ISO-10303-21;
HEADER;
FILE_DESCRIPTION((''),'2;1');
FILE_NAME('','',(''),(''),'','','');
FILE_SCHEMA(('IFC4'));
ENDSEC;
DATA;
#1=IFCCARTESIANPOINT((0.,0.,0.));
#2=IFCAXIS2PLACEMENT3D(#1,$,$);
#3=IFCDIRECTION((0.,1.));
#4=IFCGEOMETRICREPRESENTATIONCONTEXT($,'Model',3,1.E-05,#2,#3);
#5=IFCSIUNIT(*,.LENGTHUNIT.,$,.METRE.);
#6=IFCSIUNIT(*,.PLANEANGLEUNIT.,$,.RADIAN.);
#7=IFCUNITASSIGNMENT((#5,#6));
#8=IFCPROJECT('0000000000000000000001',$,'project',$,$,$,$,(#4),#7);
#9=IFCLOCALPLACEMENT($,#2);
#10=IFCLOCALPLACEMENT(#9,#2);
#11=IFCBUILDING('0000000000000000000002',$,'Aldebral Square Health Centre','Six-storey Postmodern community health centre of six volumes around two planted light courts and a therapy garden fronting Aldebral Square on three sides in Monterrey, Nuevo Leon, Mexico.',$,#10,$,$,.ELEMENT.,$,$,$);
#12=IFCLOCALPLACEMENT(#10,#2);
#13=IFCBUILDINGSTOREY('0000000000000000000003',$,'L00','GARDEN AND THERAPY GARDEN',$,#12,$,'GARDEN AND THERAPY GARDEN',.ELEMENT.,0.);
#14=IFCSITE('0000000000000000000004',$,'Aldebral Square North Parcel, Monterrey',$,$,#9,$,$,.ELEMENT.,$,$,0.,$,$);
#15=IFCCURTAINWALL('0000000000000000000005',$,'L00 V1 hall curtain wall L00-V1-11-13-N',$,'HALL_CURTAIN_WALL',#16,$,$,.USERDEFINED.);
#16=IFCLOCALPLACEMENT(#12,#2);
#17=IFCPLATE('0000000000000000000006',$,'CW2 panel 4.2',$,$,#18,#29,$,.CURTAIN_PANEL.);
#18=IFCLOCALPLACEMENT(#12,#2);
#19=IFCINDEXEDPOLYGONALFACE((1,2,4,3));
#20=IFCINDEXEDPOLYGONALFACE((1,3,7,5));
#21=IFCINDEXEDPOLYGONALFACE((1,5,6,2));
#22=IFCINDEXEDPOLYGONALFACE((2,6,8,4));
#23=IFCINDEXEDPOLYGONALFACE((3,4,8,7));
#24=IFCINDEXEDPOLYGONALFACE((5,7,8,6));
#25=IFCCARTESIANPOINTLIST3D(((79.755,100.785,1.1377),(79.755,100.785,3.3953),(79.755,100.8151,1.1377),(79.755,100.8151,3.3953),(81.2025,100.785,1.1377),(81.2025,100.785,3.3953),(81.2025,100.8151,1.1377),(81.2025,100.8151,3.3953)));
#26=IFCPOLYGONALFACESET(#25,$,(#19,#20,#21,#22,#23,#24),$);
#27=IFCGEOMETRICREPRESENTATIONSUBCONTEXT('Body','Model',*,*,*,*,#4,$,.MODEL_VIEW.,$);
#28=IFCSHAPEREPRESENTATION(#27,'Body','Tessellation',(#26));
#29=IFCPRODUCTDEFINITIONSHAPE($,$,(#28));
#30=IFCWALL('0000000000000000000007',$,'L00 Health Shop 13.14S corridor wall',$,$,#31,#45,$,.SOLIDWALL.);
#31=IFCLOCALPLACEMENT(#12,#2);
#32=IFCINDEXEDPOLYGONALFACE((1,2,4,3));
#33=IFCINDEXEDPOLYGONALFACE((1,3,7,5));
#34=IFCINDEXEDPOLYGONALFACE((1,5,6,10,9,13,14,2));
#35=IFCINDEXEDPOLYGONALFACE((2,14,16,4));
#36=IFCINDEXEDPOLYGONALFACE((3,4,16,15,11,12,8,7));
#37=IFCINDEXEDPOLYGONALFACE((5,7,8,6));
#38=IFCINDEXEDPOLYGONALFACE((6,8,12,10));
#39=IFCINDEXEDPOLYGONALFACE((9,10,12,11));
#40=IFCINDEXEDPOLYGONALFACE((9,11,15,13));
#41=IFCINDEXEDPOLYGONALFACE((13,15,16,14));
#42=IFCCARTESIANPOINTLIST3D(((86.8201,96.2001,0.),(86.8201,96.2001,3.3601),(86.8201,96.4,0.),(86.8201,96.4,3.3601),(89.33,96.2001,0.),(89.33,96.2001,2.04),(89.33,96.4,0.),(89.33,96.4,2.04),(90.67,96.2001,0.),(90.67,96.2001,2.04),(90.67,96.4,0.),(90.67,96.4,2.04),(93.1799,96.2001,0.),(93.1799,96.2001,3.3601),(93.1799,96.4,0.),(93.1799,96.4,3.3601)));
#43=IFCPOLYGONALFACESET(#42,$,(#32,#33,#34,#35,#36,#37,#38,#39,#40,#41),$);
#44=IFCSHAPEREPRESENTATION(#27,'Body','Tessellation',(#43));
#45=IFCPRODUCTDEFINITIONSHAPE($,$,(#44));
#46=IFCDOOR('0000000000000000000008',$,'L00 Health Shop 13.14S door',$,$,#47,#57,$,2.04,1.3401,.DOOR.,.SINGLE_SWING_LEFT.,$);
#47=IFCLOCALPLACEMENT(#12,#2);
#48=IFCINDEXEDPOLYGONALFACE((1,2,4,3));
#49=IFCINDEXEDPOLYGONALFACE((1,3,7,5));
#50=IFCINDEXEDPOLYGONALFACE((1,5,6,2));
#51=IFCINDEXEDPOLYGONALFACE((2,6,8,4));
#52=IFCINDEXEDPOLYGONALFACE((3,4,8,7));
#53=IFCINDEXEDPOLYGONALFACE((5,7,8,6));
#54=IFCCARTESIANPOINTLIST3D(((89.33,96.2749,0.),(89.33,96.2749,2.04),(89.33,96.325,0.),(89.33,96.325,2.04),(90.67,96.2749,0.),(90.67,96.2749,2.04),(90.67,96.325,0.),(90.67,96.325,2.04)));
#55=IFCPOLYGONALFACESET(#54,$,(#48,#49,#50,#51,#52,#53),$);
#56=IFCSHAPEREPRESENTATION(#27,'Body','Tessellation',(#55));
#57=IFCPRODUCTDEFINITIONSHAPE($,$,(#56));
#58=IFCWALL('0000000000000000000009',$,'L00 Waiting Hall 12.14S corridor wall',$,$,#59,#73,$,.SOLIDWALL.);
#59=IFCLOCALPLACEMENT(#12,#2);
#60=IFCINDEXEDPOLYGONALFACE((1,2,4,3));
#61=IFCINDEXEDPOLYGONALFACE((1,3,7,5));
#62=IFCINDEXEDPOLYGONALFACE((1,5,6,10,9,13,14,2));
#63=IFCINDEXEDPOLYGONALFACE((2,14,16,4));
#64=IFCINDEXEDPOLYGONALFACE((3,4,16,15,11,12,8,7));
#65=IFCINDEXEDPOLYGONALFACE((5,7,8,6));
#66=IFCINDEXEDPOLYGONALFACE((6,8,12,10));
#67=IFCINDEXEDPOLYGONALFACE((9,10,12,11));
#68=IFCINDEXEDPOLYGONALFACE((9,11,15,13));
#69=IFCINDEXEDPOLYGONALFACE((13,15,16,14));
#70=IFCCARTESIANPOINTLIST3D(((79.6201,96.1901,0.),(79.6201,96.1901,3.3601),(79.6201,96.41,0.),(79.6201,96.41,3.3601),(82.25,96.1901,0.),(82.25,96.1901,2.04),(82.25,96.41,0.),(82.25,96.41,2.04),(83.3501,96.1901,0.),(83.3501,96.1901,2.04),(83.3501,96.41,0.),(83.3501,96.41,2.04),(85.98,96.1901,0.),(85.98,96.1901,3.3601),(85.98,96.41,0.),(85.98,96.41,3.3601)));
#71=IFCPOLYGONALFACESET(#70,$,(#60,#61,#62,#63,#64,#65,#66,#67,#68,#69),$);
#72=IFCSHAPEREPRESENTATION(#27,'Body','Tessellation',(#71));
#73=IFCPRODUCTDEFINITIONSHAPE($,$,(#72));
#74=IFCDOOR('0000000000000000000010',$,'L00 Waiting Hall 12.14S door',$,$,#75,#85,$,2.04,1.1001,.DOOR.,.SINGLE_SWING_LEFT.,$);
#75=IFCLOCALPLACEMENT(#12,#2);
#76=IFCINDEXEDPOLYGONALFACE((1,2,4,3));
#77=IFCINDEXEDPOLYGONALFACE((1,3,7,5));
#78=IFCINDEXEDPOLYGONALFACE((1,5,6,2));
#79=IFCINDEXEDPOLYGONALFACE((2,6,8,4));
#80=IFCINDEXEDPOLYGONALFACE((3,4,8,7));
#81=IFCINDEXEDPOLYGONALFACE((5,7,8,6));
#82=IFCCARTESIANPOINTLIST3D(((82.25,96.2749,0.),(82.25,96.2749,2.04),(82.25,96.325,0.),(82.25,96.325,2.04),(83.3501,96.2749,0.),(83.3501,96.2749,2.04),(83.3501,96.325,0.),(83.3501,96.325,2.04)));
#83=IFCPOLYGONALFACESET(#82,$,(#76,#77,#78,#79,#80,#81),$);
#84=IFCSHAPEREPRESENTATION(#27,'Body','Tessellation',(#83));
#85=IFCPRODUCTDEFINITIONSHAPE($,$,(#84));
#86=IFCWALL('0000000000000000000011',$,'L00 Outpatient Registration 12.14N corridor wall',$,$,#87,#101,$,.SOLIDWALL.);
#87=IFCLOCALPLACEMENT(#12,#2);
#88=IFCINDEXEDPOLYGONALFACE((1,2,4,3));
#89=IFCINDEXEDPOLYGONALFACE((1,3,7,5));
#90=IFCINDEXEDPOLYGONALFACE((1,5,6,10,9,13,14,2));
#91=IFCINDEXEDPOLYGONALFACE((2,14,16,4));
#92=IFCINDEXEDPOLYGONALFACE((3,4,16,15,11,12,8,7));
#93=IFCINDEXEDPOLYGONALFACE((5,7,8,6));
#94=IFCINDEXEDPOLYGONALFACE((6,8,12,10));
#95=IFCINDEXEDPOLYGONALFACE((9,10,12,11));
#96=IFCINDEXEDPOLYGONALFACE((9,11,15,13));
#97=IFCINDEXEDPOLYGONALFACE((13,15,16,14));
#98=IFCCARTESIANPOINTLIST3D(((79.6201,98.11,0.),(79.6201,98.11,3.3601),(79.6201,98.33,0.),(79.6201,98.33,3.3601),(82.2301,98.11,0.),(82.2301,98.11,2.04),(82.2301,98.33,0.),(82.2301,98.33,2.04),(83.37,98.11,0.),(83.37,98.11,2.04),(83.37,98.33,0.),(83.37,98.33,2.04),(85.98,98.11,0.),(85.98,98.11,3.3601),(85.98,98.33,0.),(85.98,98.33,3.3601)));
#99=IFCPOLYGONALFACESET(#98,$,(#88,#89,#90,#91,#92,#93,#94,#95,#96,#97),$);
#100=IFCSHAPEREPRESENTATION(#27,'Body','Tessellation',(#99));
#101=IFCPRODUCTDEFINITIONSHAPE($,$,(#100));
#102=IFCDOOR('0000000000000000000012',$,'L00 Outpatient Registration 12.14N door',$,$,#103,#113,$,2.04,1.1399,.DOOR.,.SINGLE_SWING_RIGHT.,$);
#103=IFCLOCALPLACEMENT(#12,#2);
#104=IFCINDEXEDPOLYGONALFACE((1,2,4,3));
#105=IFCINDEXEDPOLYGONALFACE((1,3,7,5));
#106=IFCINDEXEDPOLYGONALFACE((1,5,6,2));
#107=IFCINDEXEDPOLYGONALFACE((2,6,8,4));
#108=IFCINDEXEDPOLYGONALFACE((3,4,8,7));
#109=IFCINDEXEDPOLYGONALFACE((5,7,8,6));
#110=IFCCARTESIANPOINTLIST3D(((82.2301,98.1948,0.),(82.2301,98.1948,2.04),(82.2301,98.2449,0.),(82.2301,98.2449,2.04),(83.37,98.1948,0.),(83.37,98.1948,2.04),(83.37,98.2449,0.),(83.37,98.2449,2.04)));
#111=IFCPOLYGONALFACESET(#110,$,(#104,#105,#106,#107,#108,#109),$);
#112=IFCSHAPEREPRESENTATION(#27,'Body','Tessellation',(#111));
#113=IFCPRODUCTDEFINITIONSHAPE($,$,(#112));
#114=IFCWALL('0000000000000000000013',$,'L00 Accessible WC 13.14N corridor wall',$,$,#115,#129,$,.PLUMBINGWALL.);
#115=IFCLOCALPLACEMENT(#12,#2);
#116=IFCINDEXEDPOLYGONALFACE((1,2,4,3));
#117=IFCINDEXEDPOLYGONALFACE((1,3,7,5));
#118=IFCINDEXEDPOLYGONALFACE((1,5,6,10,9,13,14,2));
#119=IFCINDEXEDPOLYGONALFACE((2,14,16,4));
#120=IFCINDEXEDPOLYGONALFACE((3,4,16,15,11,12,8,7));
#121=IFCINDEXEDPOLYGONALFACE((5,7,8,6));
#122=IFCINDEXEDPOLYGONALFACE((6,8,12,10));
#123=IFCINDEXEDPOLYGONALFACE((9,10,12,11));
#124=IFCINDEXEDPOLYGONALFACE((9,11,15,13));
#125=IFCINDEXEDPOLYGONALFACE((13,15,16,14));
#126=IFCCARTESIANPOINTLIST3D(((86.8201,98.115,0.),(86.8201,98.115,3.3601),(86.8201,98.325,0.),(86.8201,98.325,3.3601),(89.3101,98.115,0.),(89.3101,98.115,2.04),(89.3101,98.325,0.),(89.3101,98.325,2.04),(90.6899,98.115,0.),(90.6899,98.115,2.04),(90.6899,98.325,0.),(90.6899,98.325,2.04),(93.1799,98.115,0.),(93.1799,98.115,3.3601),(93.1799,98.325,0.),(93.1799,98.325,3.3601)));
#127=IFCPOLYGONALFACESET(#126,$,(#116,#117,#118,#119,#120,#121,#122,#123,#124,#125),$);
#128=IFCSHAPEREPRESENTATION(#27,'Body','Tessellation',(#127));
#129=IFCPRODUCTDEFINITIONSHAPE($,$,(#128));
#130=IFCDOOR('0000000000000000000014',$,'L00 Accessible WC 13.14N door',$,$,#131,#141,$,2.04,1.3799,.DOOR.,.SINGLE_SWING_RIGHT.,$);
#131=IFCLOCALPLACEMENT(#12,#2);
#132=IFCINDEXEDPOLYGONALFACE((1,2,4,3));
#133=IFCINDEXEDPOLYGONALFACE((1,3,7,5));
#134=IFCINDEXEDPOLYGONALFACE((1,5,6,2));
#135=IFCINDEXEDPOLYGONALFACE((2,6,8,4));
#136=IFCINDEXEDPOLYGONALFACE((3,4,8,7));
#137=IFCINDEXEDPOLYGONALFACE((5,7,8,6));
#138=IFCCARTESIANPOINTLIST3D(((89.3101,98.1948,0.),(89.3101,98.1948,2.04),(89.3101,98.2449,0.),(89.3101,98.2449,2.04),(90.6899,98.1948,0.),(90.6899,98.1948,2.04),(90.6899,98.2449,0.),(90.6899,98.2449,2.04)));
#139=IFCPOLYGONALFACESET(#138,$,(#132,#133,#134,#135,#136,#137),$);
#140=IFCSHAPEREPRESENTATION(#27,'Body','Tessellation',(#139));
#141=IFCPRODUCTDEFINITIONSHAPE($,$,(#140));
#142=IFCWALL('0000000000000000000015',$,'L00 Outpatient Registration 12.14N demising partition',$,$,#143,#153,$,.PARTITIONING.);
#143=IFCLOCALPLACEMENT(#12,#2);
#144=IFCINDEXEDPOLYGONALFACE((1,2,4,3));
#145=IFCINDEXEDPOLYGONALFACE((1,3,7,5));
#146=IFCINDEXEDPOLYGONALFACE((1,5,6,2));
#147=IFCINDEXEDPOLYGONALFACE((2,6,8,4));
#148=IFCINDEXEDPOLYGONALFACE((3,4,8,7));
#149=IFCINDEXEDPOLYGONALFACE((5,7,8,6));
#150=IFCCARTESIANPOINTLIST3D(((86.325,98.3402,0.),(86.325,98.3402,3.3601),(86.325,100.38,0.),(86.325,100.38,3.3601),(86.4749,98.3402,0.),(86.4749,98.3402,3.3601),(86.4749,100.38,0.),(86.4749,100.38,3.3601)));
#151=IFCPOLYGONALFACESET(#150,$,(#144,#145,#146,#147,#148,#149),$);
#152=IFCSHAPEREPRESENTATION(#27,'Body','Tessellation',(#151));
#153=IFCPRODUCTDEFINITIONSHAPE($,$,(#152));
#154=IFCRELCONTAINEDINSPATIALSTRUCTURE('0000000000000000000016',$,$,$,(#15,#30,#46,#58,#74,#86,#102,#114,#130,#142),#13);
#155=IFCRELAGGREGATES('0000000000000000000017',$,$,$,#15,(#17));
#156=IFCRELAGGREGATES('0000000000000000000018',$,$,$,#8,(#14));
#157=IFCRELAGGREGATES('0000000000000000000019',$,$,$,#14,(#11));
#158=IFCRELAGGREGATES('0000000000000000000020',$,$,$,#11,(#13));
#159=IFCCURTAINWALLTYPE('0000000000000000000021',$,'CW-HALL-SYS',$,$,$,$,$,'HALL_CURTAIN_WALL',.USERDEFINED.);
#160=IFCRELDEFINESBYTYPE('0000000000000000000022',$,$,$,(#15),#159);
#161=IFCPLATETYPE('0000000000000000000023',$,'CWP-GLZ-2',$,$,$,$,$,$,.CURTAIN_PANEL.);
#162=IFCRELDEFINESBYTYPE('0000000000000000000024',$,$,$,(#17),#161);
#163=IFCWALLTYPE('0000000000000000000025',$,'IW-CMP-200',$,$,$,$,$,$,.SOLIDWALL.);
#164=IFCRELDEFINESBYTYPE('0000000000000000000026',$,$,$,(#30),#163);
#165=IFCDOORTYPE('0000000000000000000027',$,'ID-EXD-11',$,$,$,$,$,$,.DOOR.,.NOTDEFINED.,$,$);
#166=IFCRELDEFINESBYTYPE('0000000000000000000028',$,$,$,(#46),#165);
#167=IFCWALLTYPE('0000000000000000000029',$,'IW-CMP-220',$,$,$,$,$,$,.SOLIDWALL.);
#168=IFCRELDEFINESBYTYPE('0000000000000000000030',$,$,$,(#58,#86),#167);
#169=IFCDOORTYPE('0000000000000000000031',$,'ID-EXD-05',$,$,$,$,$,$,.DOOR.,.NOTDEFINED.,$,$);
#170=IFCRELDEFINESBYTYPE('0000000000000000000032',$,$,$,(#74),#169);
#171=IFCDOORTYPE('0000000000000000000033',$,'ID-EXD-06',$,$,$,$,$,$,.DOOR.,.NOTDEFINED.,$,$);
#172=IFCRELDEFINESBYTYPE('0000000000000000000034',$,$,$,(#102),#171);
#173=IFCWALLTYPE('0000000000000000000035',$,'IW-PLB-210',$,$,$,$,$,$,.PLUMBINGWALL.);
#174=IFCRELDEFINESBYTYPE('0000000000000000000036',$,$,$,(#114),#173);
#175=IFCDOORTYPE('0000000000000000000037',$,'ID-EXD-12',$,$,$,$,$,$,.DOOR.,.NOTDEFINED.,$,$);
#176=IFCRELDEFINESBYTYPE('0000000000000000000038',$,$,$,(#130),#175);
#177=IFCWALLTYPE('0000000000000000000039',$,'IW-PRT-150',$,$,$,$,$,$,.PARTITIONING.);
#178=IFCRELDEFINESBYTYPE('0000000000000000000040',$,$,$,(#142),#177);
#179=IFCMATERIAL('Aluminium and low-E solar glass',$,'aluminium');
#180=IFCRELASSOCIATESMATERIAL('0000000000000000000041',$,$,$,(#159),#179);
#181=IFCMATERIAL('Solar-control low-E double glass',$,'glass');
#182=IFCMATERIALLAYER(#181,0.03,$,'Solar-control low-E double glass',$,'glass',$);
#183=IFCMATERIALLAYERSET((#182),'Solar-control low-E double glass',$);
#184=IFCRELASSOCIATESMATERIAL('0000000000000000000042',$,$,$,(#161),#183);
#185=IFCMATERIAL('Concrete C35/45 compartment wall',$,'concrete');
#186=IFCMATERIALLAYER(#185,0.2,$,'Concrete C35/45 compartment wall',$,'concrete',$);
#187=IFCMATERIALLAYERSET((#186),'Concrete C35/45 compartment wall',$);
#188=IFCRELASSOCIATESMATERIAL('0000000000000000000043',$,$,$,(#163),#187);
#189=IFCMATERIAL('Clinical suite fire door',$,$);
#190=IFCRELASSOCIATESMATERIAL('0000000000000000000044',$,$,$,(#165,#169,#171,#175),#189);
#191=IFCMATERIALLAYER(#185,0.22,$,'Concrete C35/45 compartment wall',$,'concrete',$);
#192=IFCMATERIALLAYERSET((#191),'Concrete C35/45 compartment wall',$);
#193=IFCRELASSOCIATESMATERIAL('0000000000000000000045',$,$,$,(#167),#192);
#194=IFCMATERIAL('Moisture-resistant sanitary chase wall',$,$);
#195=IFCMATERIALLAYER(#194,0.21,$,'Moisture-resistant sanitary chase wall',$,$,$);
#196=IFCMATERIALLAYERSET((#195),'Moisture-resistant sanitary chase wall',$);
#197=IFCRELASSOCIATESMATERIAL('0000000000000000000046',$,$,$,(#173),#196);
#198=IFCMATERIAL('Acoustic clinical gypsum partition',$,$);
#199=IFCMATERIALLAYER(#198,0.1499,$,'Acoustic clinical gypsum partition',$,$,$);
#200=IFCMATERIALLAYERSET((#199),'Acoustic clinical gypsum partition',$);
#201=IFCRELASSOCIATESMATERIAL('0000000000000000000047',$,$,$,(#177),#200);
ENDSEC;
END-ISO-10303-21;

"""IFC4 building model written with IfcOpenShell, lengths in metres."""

from ifc_helpers import new_model, si_unit, direction, frame, frame_2d, origin, origin_2d, place, context, subcontext, project, spatial, rectangle, extrude, material, layer, layer_set, type_object, element, fill, aggregate, save


model = new_model("IFC4")

# Units and contexts
model_context = context("Model", 3, precision=1e-05, world=origin(), true_north=direction((0.0, 1.0)))
body_context = subcontext(model_context, "Body", "Model", "MODEL_VIEW")
ifc_project = project(units=[si_unit("LENGTHUNIT", "METRE"), si_unit("PLANEANGLEUNIT", "RADIAN")], contexts=[model_context])

# Site, building, storey
site_placement = place(None, origin())
site = spatial("IfcSite", under=ifc_project, at=site_placement, Name="Aldebral Square North Parcel, Monterrey", CompositionType="ELEMENT", RefElevation=0.0)
building_placement = place(site_placement, origin())
building = spatial("IfcBuilding", under=site, at=building_placement, Name="Aldebral Square Health Centre", Description="Six-storey Postmodern community health centre of six volumes around two planted light courts and a therapy garden fronting Aldebral Square on three sides in Monterrey, Nuevo Leon, Mexico.", CompositionType="ELEMENT")
storey_placement = place(building_placement, origin())
storey = spatial("IfcBuildingStorey", under=building, at=storey_placement, Name="L00", Description="GARDEN AND THERAPY GARDEN", LongName="GARDEN AND THERAPY GARDEN", CompositionType="ELEMENT", Elevation=0.0)

# Curtain wall, plate
ifc_material_1 = material(Name="Aluminium and low-E solar glass", Category="aluminium")
curtain_wall_type = type_object("IfcCurtainWallType", Name="CW-HALL-SYS", ElementType="HALL_CURTAIN_WALL", PredefinedType="USERDEFINED", material=ifc_material_1)
curtain_wall_placement = place(storey_placement, origin())
curtain_wall = element("IfcCurtainWall", 1, at=curtain_wall_placement, inside=storey, type_object=curtain_wall_type, Name="L00 V1 hall curtain wall L00-V1-11-13-N", ObjectType="HALL_CURTAIN_WALL", PredefinedType="USERDEFINED")
ifc_material_2 = material(Name="Solar-control low-E double glass", Category="glass")
ifc_layer_1 = layer(ifc_material_2, 0.03, Name="Solar-control low-E double glass", Category="glass")
ifc_layer_set_1 = layer_set([ifc_layer_1], Name="Solar-control low-E double glass")
plate_type = type_object("IfcPlateType", Name="CWP-GLZ-2", PredefinedType="CURTAIN_PANEL", material=ifc_layer_set_1)
plate_1_placement = place(storey_placement, frame((80.4788, 100.8, 1.1377), z_axis=(0.0, 0.0, 1.0), x_axis=(-1.0, 0.0, 0.0)))
plate_1 = element("IfcPlate", 2, at=plate_1_placement, type_object=plate_type, Name="CW2 panel 4.2", PredefinedType="CURTAIN_PANEL", context=body_context, shape_type="SweptSolid", body=[
    extrude(rectangle(XDim=1.4475, YDim=0.03, at=origin_2d()), origin(), (0.0, 0.0, 1.0), 2.2576),
])
aggregate(curtain_wall, [plate_1])

# Walls, openings, doors
ifc_material_3 = material(Name="Concrete C35/45 compartment wall", Category="concrete")
ifc_layer_2 = layer(ifc_material_3, 0.2, Name="Concrete C35/45 compartment wall", Category="concrete")
ifc_layer_set_2 = layer_set([ifc_layer_2], Name="Concrete C35/45 compartment wall")
wall_type_1 = type_object("IfcWallType", Name="IW-CMP-200", PredefinedType="SOLIDWALL", material=ifc_layer_set_2)
wall_1_placement = place(storey_placement, frame((86.8201, 96.3, 0.0), z_axis=(0.0, 0.0, 1.0), x_axis=(1.0, 0.0, 0.0)))
wall_1 = element("IfcWall", 3, at=wall_1_placement, inside=storey, type_object=wall_type_1, Name="L00 Health Shop 13.14S corridor wall", PredefinedType="SOLIDWALL", context=body_context, shape_type="SweptSolid", body=[
    extrude(rectangle(XDim=6.3599, YDim=0.2, at=frame_2d((3.1799, 0.0))), origin(), (0.0, 0.0, 1.0), 3.3601),
])
opening_1_placement = place(wall_1_placement, frame((2.51, 0.0, 0.0)))
opening_1 = element("IfcOpeningElement", 4, at=opening_1_placement, cuts=wall_1, PredefinedType="OPENING", context=body_context, shape_type="SweptSolid", body=[
    extrude(rectangle(XDim=1.3401, YDim=2.04, at=frame_2d((0.6699, 1.02))), frame((0.0, 0.1099, 0.0), z_axis=(0.0, -1.0, 0.0), x_axis=(1.0, 0.0, 0.0)), (0.0, 0.0, 1.0), 0.22),
])
ifc_material_4 = material(Name="Clinical suite fire door")
door_type_1 = type_object("IfcDoorType", Name="ID-EXD-11", OperationType="NOTDEFINED", PredefinedType="DOOR", material=ifc_material_4)
door_1_placement = place(opening_1_placement, origin())
door_1 = element("IfcDoor", 5, at=door_1_placement, inside=storey, type_object=door_type_1, Name="L00 Health Shop 13.14S door", OperationType="SINGLE_SWING_LEFT", OverallHeight=2.04, OverallWidth=1.3401, PredefinedType="DOOR", context=body_context, shape_type="SweptSolid", body=[
    extrude(rectangle(XDim=1.3401, YDim=2.04, at=frame_2d((0.6699, 1.02))), frame((0.0, 0.0249, 0.0), z_axis=(0.0, -1.0, 0.0), x_axis=(1.0, 0.0, 0.0)), (0.0, 0.0, 1.0), 0.05),
])
fill(opening_1, door_1)
ifc_layer_3 = layer(ifc_material_3, 0.22, Name="Concrete C35/45 compartment wall", Category="concrete")
ifc_layer_set_3 = layer_set([ifc_layer_3], Name="Concrete C35/45 compartment wall")
wall_type_2 = type_object("IfcWallType", Name="IW-CMP-220", PredefinedType="SOLIDWALL", material=ifc_layer_set_3)
wall_2_placement = place(storey_placement, frame((79.6201, 96.3, 0.0), z_axis=(0.0, 0.0, 1.0), x_axis=(1.0, 0.0, 0.0)))
wall_2 = element("IfcWall", 6, at=wall_2_placement, inside=storey, type_object=wall_type_2, Name="L00 Waiting Hall 12.14S corridor wall", PredefinedType="SOLIDWALL", context=body_context, shape_type="SweptSolid", body=[
    extrude(rectangle(XDim=6.3599, YDim=0.22, at=frame_2d((3.1799, 0.0))), origin(), (0.0, 0.0, 1.0), 3.3601),
])
opening_2_placement = place(wall_2_placement, frame((2.6299, 0.0, 0.0)))
opening_2 = element("IfcOpeningElement", 7, at=opening_2_placement, cuts=wall_2, PredefinedType="OPENING", context=body_context, shape_type="SweptSolid", body=[
    extrude(rectangle(XDim=1.1001, YDim=2.04, at=frame_2d((0.55, 1.02))), frame((0.0, 0.1201, 0.0), z_axis=(0.0, -1.0, 0.0), x_axis=(1.0, 0.0, 0.0)), (0.0, 0.0, 1.0), 0.24),
])
door_type_2 = type_object("IfcDoorType", Name="ID-EXD-05", OperationType="NOTDEFINED", PredefinedType="DOOR", material=ifc_material_4)
door_2_placement = place(opening_2_placement, origin())
door_2 = element("IfcDoor", 8, at=door_2_placement, inside=storey, type_object=door_type_2, Name="L00 Waiting Hall 12.14S door", OperationType="SINGLE_SWING_LEFT", OverallHeight=2.04, OverallWidth=1.1001, PredefinedType="DOOR", context=body_context, shape_type="SweptSolid", body=[
    extrude(rectangle(XDim=1.1001, YDim=2.04, at=frame_2d((0.55, 1.02))), frame((0.0, 0.0249, 0.0), z_axis=(0.0, -1.0, 0.0), x_axis=(1.0, 0.0, 0.0)), (0.0, 0.0, 1.0), 0.05),
])
fill(opening_2, door_2)
wall_3_placement = place(storey_placement, frame((79.6201, 98.22, 0.0), z_axis=(0.0, 0.0, 1.0), x_axis=(1.0, 0.0, 0.0)))
wall_3 = element("IfcWall", 9, at=wall_3_placement, inside=storey, type_object=wall_type_2, Name="L00 Outpatient Registration 12.14N corridor wall", PredefinedType="SOLIDWALL", context=body_context, shape_type="SweptSolid", body=[
    extrude(rectangle(XDim=6.3599, YDim=0.22, at=frame_2d((3.1799, 0.0))), origin(), (0.0, 0.0, 1.0), 3.3601),
])
opening_3_placement = place(wall_3_placement, frame((2.6101, 0.0, 0.0)))
opening_3 = element("IfcOpeningElement", 10, at=opening_3_placement, cuts=wall_3, PredefinedType="OPENING", context=body_context, shape_type="SweptSolid", body=[
    extrude(rectangle(XDim=1.1399, YDim=2.04, at=frame_2d((0.5698, 1.02))), frame((0.0, 0.1201, 0.0), z_axis=(0.0, -1.0, 0.0), x_axis=(1.0, 0.0, 0.0)), (0.0, 0.0, 1.0), 0.24),
])
door_type_3 = type_object("IfcDoorType", Name="ID-EXD-06", OperationType="NOTDEFINED", PredefinedType="DOOR", material=ifc_material_4)
door_3_placement = place(opening_3_placement, origin())
door_3 = element("IfcDoor", 11, at=door_3_placement, inside=storey, type_object=door_type_3, Name="L00 Outpatient Registration 12.14N door", OperationType="SINGLE_SWING_RIGHT", OverallHeight=2.04, OverallWidth=1.1399, PredefinedType="DOOR", context=body_context, shape_type="SweptSolid", body=[
    extrude(rectangle(XDim=1.1399, YDim=2.04, at=frame_2d((0.5698, 1.02))), frame((0.0, 0.0249, 0.0), z_axis=(0.0, -1.0, 0.0), x_axis=(1.0, 0.0, 0.0)), (0.0, 0.0, 1.0), 0.05),
])
fill(opening_3, door_3)
ifc_material_5 = material(Name="Moisture-resistant sanitary chase wall")
ifc_layer_4 = layer(ifc_material_5, 0.21, Name="Moisture-resistant sanitary chase wall")
ifc_layer_set_4 = layer_set([ifc_layer_4], Name="Moisture-resistant sanitary chase wall")
wall_type_3 = type_object("IfcWallType", Name="IW-PLB-210", PredefinedType="PLUMBINGWALL", material=ifc_layer_set_4)
wall_4_placement = place(storey_placement, frame((86.8201, 98.22, 0.0), z_axis=(0.0, 0.0, 1.0), x_axis=(1.0, 0.0, 0.0)))
wall_4 = element("IfcWall", 12, at=wall_4_placement, inside=storey, type_object=wall_type_3, Name="L00 Accessible WC 13.14N corridor wall", PredefinedType="PLUMBINGWALL", context=body_context, shape_type="SweptSolid", body=[
    extrude(rectangle(XDim=6.3599, YDim=0.21, at=frame_2d((3.1799, 0.0))), origin(), (0.0, 0.0, 1.0), 3.3601),
])
opening_4_placement = place(wall_4_placement, frame((2.49, 0.0, 0.0)))
opening_4 = element("IfcOpeningElement", 13, at=opening_4_placement, cuts=wall_4, PredefinedType="OPENING", context=body_context, shape_type="SweptSolid", body=[
    extrude(rectangle(XDim=1.3799, YDim=2.04, at=frame_2d((0.6899, 1.02))), frame((0.0, 0.115, 0.0), z_axis=(0.0, -1.0, 0.0), x_axis=(1.0, 0.0, 0.0)), (0.0, 0.0, 1.0), 0.23),
])
door_type_4 = type_object("IfcDoorType", Name="ID-EXD-12", OperationType="NOTDEFINED", PredefinedType="DOOR", material=ifc_material_4)
door_4_placement = place(opening_4_placement, origin())
door_4 = element("IfcDoor", 14, at=door_4_placement, inside=storey, type_object=door_type_4, Name="L00 Accessible WC 13.14N door", OperationType="SINGLE_SWING_RIGHT", OverallHeight=2.04, OverallWidth=1.3799, PredefinedType="DOOR", context=body_context, shape_type="SweptSolid", body=[
    extrude(rectangle(XDim=1.3799, YDim=2.04, at=frame_2d((0.6899, 1.02))), frame((0.0, 0.0249, 0.0), z_axis=(0.0, -1.0, 0.0), x_axis=(1.0, 0.0, 0.0)), (0.0, 0.0, 1.0), 0.05),
])
fill(opening_4, door_4)

# Wall
ifc_material_6 = material(Name="Acoustic clinical gypsum partition")
ifc_layer_5 = layer(ifc_material_6, 0.1499, Name="Acoustic clinical gypsum partition")
ifc_layer_set_5 = layer_set([ifc_layer_5], Name="Acoustic clinical gypsum partition")
wall_type_4 = type_object("IfcWallType", Name="IW-PRT-150", PredefinedType="PARTITIONING", material=ifc_layer_set_5)
wall_5_placement = place(storey_placement, frame((86.3999, 98.3401, 0.0), z_axis=(0.0, 0.0, 1.0), x_axis=(0.0, 1.0, 0.0)))
element("IfcWall", 15, at=wall_5_placement, inside=storey, type_object=wall_type_4, Name="L00 Outpatient Registration 12.14N demising partition", PredefinedType="PARTITIONING", context=body_context, shape_type="SweptSolid", body=[
    extrude(rectangle(XDim=2.0398, YDim=0.1499, at=frame_2d((1.02, 0.0))), origin(), (0.0, 0.0, 1.0), 3.3601),
])

save(model, "model.ifc")
